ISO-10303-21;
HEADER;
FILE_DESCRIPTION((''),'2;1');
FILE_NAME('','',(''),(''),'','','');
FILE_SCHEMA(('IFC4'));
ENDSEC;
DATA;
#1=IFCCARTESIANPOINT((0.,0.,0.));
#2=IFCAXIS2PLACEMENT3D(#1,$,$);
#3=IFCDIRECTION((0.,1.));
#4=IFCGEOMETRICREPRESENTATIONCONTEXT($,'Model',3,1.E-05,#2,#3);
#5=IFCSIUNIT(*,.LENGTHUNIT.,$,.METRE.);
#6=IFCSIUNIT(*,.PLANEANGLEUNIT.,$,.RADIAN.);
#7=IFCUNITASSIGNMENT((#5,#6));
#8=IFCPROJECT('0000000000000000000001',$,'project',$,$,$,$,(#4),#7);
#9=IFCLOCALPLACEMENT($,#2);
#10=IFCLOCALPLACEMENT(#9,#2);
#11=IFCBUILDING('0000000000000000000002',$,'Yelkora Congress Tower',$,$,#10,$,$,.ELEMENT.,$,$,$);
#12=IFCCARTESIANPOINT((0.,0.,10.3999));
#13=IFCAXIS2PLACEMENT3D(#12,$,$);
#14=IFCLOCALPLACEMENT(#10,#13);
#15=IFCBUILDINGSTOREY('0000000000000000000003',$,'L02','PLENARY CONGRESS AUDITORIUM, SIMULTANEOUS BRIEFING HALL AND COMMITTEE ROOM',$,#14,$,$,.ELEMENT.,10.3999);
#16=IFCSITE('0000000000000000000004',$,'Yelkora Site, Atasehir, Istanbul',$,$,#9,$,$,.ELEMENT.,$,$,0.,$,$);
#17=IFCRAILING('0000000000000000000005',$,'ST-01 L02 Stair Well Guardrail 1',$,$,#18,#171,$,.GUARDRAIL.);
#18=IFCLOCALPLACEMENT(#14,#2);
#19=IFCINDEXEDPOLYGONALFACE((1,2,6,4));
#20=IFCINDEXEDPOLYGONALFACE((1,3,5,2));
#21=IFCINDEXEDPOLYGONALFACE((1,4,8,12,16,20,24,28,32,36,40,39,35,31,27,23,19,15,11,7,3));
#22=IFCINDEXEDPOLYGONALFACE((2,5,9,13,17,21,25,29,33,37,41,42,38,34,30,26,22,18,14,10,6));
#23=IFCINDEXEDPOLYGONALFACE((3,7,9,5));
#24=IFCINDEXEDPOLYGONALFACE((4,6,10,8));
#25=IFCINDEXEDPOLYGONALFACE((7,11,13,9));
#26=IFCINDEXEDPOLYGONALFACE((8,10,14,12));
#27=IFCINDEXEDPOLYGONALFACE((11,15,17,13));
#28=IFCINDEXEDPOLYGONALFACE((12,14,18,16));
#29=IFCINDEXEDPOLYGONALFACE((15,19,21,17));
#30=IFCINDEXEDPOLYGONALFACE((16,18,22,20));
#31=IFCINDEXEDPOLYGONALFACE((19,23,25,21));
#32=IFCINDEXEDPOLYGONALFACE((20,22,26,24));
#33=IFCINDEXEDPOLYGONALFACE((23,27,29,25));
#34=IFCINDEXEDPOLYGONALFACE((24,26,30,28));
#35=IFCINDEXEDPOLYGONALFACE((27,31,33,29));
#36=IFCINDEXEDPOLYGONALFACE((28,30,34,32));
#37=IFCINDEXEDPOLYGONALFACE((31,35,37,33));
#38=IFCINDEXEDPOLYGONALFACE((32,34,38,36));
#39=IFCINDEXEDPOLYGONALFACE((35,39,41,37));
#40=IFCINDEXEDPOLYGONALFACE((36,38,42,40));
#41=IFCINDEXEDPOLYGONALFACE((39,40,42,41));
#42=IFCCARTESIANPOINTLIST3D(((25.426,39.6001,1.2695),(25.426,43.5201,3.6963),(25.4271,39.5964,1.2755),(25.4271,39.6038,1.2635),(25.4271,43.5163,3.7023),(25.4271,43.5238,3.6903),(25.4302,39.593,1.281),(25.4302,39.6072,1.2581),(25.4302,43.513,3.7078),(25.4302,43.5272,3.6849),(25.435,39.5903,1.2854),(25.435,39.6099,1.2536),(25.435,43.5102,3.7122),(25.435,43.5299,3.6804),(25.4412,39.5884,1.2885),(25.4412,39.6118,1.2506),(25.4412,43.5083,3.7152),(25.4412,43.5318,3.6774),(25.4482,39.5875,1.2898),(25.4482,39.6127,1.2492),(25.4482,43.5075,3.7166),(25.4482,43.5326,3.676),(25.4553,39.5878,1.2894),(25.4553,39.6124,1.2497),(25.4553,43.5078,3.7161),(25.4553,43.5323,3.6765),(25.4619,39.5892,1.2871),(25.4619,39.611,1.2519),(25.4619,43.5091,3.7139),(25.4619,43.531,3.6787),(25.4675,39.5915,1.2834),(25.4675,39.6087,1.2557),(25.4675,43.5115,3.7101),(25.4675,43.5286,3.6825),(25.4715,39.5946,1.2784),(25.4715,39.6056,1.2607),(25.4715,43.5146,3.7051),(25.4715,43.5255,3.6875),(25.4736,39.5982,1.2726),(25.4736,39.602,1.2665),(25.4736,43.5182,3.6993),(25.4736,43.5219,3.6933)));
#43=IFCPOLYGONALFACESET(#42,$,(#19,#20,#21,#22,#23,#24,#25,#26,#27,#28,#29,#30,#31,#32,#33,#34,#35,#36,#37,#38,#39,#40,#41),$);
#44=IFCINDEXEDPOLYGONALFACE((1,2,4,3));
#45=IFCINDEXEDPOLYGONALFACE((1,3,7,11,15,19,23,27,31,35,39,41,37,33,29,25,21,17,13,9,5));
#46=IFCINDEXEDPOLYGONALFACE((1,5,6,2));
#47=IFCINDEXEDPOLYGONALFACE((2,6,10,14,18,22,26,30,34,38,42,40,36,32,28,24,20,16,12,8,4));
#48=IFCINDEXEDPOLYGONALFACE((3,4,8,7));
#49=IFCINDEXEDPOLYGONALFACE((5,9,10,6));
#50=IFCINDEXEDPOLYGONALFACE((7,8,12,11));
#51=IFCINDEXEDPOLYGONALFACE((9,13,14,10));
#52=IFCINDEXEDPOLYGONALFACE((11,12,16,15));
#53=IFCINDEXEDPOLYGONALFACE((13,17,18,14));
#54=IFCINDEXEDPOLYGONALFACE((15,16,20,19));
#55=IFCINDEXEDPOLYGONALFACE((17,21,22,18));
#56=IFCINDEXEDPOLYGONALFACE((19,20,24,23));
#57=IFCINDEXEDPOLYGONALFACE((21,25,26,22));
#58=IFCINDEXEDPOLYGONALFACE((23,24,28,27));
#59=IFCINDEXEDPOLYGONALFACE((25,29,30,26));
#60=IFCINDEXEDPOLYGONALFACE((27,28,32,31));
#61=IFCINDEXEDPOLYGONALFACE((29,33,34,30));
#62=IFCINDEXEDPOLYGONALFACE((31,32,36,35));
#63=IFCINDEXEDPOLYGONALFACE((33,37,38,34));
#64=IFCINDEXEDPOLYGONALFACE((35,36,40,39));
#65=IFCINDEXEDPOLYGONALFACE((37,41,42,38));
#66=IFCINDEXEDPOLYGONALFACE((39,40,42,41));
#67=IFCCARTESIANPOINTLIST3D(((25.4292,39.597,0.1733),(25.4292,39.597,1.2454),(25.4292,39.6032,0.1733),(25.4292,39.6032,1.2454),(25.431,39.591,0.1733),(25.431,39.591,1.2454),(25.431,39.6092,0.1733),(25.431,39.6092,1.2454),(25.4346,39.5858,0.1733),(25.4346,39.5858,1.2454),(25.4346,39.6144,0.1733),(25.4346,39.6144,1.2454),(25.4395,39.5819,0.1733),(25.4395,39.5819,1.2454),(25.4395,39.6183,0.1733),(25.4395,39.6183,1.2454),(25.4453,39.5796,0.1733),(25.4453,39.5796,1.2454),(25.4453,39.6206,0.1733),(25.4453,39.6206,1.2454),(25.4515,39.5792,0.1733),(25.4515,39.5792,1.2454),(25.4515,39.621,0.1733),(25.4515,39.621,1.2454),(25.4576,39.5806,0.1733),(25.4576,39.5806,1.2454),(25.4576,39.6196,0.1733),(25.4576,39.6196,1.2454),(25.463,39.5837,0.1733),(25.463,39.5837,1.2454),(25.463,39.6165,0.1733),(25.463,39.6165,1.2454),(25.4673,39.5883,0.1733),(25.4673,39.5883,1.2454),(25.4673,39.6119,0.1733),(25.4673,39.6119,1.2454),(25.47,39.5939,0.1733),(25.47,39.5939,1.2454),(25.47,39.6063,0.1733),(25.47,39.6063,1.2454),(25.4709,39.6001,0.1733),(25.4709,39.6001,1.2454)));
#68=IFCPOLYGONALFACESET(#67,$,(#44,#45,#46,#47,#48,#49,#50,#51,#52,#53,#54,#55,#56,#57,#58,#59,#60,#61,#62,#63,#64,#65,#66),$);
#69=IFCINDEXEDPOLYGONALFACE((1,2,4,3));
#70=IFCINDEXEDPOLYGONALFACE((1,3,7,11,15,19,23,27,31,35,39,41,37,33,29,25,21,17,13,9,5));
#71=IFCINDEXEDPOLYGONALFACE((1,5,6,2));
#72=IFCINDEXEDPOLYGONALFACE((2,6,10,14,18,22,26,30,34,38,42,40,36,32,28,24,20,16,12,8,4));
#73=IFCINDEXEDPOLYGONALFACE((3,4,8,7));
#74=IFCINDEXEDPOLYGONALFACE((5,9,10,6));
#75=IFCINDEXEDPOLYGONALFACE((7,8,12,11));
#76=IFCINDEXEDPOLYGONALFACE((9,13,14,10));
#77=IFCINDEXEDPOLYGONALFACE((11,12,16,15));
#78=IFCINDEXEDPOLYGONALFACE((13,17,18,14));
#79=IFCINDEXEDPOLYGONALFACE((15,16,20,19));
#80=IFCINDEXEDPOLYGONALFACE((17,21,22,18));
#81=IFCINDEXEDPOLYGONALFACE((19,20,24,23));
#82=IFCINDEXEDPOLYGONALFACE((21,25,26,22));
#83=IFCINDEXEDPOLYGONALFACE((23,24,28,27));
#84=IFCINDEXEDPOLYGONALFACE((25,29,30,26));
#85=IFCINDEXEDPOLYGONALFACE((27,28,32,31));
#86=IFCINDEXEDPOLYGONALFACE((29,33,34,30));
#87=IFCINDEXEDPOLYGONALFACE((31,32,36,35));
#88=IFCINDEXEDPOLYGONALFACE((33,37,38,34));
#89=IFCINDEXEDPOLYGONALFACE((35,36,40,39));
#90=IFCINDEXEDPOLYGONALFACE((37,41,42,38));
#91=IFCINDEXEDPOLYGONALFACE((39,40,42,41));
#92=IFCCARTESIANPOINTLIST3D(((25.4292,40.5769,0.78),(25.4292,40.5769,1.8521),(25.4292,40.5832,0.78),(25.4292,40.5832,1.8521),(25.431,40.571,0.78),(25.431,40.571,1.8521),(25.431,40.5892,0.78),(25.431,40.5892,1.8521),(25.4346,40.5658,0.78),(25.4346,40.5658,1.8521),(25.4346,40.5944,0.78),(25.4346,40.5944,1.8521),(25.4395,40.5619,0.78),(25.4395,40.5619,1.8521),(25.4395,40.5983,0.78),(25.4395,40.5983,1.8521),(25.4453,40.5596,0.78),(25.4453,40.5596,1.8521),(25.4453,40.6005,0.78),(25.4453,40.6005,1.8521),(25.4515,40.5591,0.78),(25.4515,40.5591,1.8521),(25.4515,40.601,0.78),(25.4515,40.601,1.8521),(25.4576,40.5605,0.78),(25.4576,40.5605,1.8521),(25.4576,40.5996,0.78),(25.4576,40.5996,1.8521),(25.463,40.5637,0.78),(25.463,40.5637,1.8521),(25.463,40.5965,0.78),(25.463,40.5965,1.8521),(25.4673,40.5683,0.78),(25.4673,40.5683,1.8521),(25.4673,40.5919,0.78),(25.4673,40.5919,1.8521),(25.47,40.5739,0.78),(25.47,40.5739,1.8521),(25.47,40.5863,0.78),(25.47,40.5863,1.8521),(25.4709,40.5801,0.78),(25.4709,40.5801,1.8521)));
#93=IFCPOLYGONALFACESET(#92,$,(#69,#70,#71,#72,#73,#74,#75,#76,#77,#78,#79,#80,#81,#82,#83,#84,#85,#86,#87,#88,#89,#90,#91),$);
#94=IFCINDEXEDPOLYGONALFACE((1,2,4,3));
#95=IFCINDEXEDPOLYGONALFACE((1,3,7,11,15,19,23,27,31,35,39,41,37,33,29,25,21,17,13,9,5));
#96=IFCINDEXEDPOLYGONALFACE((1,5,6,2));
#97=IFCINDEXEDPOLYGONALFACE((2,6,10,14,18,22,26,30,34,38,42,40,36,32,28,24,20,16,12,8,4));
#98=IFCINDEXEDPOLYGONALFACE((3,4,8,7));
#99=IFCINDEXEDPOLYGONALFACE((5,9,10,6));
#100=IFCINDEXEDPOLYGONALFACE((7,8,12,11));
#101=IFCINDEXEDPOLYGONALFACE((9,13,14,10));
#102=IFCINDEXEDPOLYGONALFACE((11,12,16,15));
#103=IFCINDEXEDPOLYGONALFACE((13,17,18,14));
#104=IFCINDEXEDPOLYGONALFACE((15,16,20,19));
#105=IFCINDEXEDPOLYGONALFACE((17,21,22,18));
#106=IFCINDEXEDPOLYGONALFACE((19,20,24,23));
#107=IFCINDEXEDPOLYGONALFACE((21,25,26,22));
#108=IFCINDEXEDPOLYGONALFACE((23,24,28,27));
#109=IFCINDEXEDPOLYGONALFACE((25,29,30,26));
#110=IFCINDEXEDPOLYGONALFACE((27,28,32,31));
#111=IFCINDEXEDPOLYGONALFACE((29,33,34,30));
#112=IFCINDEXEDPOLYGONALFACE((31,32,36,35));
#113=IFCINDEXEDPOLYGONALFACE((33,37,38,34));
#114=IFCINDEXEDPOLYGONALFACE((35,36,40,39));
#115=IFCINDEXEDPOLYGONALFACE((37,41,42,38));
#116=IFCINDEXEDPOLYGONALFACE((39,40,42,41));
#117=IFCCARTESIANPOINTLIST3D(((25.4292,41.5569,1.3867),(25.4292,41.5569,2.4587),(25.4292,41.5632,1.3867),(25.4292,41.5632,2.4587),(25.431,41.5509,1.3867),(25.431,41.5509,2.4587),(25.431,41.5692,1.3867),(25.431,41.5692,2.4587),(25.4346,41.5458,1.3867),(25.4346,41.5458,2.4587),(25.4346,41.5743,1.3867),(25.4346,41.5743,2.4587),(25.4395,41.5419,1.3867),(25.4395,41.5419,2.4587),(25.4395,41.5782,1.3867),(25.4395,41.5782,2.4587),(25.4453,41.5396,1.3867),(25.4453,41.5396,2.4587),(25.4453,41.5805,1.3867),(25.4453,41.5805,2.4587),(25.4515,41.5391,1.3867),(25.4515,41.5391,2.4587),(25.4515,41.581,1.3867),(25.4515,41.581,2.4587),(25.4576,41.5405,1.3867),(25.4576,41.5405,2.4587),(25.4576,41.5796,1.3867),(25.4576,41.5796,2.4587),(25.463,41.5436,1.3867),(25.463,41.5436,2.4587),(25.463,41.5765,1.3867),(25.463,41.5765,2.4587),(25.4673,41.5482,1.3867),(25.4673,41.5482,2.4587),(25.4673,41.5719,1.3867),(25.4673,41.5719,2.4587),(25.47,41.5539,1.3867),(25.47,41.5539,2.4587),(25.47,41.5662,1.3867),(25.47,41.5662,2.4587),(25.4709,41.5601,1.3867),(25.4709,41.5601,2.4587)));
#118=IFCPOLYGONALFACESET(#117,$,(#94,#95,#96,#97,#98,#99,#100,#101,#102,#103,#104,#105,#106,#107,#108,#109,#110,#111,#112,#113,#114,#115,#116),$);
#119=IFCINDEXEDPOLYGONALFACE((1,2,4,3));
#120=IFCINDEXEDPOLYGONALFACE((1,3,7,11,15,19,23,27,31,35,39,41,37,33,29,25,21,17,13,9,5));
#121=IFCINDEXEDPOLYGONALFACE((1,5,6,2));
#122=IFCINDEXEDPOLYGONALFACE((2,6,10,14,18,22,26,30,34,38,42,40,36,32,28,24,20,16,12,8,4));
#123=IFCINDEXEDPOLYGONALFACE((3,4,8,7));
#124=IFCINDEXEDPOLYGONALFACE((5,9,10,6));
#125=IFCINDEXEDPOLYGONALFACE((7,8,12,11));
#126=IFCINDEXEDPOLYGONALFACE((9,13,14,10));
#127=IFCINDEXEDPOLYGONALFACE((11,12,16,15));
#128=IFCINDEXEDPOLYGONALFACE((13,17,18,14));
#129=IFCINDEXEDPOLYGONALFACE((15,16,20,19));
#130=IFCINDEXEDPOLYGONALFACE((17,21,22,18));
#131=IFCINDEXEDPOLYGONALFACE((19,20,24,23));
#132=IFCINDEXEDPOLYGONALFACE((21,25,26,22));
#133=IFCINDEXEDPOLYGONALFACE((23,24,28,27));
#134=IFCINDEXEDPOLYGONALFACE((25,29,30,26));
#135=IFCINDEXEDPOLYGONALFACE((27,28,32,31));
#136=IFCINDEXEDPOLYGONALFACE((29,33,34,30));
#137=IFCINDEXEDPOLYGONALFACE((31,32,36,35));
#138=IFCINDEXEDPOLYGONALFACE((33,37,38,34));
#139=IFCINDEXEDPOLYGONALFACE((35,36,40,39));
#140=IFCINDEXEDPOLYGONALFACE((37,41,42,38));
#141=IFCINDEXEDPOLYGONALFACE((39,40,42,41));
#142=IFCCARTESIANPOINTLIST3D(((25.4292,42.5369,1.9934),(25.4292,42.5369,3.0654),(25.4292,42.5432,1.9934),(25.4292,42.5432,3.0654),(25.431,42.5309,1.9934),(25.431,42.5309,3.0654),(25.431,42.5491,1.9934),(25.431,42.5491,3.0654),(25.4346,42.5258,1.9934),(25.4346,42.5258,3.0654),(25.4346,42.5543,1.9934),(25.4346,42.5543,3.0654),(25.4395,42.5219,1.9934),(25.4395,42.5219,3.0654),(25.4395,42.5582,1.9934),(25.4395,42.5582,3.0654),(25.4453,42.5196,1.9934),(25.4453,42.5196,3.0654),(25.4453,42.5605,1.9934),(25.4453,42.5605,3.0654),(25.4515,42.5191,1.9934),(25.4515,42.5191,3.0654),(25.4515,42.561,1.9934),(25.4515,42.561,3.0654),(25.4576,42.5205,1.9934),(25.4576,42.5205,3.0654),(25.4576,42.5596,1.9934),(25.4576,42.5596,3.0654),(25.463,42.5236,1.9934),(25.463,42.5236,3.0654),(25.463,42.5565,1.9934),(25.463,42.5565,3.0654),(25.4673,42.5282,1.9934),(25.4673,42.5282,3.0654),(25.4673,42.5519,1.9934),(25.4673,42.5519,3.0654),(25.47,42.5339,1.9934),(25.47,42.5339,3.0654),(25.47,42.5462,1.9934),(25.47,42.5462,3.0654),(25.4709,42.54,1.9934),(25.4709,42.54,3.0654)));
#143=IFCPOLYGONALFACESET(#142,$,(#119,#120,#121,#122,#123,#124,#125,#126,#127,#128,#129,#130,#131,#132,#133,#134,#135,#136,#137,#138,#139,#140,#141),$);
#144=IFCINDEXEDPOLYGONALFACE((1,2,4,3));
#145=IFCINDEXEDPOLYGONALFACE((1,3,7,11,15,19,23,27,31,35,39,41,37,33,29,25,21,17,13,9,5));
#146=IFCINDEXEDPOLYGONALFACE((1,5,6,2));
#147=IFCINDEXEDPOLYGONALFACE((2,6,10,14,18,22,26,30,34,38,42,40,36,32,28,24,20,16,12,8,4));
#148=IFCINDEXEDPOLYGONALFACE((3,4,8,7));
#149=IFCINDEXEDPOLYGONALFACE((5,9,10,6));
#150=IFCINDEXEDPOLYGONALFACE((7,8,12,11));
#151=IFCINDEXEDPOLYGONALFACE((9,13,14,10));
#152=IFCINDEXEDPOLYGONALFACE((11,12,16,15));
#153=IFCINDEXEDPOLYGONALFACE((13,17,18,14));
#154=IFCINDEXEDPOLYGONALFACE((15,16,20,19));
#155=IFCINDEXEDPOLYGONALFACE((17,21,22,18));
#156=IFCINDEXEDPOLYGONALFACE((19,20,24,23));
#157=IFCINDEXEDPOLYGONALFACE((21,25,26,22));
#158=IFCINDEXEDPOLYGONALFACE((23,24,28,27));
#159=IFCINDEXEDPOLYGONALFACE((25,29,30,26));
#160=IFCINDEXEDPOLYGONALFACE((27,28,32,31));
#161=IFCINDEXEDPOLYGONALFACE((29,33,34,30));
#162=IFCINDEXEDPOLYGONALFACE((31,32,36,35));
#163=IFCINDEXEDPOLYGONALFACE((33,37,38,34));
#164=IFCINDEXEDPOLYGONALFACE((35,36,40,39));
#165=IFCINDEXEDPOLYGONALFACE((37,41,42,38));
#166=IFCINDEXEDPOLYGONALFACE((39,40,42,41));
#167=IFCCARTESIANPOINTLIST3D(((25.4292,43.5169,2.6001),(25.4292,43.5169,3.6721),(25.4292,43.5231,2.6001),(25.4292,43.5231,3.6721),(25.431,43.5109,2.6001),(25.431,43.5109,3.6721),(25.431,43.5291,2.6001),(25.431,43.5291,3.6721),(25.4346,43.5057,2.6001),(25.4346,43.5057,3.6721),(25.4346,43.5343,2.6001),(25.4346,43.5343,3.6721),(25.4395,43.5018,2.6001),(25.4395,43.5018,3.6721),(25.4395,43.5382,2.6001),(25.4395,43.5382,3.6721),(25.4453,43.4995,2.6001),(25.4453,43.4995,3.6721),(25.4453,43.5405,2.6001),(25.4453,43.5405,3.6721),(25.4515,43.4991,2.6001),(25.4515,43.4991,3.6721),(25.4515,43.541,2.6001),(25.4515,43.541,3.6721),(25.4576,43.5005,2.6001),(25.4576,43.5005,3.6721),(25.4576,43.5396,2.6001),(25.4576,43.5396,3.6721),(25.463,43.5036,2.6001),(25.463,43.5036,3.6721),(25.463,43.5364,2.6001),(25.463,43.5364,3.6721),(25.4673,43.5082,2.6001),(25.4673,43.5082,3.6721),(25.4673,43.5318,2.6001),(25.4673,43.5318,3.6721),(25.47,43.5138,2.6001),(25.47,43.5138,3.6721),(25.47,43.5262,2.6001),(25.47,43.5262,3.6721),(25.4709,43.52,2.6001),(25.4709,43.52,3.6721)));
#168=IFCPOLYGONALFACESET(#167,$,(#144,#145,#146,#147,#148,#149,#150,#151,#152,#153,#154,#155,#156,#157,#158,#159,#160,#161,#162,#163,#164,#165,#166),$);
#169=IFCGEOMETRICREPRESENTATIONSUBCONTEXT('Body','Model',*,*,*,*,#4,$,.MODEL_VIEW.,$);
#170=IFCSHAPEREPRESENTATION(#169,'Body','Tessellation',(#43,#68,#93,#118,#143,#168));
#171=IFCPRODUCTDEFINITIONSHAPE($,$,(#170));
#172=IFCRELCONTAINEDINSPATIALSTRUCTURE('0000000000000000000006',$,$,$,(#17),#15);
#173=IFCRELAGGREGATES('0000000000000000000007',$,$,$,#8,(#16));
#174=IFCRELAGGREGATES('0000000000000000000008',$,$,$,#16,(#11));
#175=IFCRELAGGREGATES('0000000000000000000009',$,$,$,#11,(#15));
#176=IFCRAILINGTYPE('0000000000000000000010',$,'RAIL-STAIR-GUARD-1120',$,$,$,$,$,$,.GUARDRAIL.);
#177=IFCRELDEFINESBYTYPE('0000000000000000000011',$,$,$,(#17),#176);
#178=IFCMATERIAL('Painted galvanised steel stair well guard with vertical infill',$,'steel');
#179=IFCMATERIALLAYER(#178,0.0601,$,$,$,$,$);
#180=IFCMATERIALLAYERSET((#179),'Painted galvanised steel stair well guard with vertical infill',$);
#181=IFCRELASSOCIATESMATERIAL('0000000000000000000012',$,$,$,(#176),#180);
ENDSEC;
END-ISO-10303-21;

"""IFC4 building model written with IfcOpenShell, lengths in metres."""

from ifc_helpers import new_model, si_unit, direction, frame, origin, origin_2d, place, context, subcontext, project, spatial, circle, extrude, material, layer, layer_set, type_object, element, save


model = new_model("IFC4")

# Units and contexts
model_context = context("Model", 3, precision=1e-05, world=origin(), true_north=direction((0.0, 1.0)))
body_context = subcontext(model_context, "Body", "Model", "MODEL_VIEW")
ifc_project = project(units=[si_unit("LENGTHUNIT", "METRE"), si_unit("PLANEANGLEUNIT", "RADIAN")], contexts=[model_context])

# Site, building, storey
site_placement = place(None, origin())
site = spatial("IfcSite", under=ifc_project, at=site_placement, Name="Yelkora Site, Atasehir, Istanbul", CompositionType="ELEMENT", RefElevation=0.0)
building_placement = place(site_placement, origin())
building = spatial("IfcBuilding", under=site, at=building_placement, Name="Yelkora Congress Tower", CompositionType="ELEMENT")
storey_placement = place(building_placement, frame((0.0, 0.0, 10.3999)))
storey = spatial("IfcBuildingStorey", under=building, at=storey_placement, Name="L02", Description="PLENARY CONGRESS AUDITORIUM, SIMULTANEOUS BRIEFING HALL AND COMMITTEE ROOM", CompositionType="ELEMENT", Elevation=10.3999)

# Railing
ifc_material_1 = material(Name="Painted galvanised steel stair well guard with vertical infill", Category="steel")
ifc_layer_1 = layer(ifc_material_1, 0.0601)
ifc_layer_set_1 = layer_set([ifc_layer_1], Name="Painted galvanised steel stair well guard with vertical infill")
railing_type_1 = type_object("IfcRailingType", Name="RAIL-STAIR-GUARD-1120", PredefinedType="GUARDRAIL", material=ifc_layer_set_1)
railing_1_placement = place(storey_placement, frame((25.45, 39.6001, 0.1733)))
element("IfcRailing", 1, at=railing_1_placement, inside=storey, type_object=railing_type_1, Name="ST-01 L02 Stair Well Guardrail 1", PredefinedType="GUARDRAIL", context=body_context, shape_type="SweptSolid", body=[
    extrude(circle(Radius=0.0239, at=origin_2d()), frame((0.0, 0.0, 1.0962), z_axis=(0.0, 0.850252, 0.526376), x_axis=(-1.0, 0.0, 0.0)), (0.0, 0.0, 1.0), 4.6104),
    extrude(circle(Radius=0.021, at=origin_2d()), origin(), (0.0, 0.0, 1.0), 1.072),
    extrude(circle(Radius=0.021, at=origin_2d()), frame((0.0, 0.98, 0.6067)), (0.0, 0.0, 1.0), 1.072),
    extrude(circle(Radius=0.021, at=origin_2d()), frame((0.0, 1.96, 1.2134)), (0.0, 0.0, 1.0), 1.072),
    extrude(circle(Radius=0.021, at=origin_2d()), frame((0.0, 2.9399, 1.8201)), (0.0, 0.0, 1.0), 1.072),
    extrude(circle(Radius=0.021, at=origin_2d()), frame((0.0, 3.9199, 2.4268)), (0.0, 0.0, 1.0), 1.072),
])

save(model, "model.ifc")
